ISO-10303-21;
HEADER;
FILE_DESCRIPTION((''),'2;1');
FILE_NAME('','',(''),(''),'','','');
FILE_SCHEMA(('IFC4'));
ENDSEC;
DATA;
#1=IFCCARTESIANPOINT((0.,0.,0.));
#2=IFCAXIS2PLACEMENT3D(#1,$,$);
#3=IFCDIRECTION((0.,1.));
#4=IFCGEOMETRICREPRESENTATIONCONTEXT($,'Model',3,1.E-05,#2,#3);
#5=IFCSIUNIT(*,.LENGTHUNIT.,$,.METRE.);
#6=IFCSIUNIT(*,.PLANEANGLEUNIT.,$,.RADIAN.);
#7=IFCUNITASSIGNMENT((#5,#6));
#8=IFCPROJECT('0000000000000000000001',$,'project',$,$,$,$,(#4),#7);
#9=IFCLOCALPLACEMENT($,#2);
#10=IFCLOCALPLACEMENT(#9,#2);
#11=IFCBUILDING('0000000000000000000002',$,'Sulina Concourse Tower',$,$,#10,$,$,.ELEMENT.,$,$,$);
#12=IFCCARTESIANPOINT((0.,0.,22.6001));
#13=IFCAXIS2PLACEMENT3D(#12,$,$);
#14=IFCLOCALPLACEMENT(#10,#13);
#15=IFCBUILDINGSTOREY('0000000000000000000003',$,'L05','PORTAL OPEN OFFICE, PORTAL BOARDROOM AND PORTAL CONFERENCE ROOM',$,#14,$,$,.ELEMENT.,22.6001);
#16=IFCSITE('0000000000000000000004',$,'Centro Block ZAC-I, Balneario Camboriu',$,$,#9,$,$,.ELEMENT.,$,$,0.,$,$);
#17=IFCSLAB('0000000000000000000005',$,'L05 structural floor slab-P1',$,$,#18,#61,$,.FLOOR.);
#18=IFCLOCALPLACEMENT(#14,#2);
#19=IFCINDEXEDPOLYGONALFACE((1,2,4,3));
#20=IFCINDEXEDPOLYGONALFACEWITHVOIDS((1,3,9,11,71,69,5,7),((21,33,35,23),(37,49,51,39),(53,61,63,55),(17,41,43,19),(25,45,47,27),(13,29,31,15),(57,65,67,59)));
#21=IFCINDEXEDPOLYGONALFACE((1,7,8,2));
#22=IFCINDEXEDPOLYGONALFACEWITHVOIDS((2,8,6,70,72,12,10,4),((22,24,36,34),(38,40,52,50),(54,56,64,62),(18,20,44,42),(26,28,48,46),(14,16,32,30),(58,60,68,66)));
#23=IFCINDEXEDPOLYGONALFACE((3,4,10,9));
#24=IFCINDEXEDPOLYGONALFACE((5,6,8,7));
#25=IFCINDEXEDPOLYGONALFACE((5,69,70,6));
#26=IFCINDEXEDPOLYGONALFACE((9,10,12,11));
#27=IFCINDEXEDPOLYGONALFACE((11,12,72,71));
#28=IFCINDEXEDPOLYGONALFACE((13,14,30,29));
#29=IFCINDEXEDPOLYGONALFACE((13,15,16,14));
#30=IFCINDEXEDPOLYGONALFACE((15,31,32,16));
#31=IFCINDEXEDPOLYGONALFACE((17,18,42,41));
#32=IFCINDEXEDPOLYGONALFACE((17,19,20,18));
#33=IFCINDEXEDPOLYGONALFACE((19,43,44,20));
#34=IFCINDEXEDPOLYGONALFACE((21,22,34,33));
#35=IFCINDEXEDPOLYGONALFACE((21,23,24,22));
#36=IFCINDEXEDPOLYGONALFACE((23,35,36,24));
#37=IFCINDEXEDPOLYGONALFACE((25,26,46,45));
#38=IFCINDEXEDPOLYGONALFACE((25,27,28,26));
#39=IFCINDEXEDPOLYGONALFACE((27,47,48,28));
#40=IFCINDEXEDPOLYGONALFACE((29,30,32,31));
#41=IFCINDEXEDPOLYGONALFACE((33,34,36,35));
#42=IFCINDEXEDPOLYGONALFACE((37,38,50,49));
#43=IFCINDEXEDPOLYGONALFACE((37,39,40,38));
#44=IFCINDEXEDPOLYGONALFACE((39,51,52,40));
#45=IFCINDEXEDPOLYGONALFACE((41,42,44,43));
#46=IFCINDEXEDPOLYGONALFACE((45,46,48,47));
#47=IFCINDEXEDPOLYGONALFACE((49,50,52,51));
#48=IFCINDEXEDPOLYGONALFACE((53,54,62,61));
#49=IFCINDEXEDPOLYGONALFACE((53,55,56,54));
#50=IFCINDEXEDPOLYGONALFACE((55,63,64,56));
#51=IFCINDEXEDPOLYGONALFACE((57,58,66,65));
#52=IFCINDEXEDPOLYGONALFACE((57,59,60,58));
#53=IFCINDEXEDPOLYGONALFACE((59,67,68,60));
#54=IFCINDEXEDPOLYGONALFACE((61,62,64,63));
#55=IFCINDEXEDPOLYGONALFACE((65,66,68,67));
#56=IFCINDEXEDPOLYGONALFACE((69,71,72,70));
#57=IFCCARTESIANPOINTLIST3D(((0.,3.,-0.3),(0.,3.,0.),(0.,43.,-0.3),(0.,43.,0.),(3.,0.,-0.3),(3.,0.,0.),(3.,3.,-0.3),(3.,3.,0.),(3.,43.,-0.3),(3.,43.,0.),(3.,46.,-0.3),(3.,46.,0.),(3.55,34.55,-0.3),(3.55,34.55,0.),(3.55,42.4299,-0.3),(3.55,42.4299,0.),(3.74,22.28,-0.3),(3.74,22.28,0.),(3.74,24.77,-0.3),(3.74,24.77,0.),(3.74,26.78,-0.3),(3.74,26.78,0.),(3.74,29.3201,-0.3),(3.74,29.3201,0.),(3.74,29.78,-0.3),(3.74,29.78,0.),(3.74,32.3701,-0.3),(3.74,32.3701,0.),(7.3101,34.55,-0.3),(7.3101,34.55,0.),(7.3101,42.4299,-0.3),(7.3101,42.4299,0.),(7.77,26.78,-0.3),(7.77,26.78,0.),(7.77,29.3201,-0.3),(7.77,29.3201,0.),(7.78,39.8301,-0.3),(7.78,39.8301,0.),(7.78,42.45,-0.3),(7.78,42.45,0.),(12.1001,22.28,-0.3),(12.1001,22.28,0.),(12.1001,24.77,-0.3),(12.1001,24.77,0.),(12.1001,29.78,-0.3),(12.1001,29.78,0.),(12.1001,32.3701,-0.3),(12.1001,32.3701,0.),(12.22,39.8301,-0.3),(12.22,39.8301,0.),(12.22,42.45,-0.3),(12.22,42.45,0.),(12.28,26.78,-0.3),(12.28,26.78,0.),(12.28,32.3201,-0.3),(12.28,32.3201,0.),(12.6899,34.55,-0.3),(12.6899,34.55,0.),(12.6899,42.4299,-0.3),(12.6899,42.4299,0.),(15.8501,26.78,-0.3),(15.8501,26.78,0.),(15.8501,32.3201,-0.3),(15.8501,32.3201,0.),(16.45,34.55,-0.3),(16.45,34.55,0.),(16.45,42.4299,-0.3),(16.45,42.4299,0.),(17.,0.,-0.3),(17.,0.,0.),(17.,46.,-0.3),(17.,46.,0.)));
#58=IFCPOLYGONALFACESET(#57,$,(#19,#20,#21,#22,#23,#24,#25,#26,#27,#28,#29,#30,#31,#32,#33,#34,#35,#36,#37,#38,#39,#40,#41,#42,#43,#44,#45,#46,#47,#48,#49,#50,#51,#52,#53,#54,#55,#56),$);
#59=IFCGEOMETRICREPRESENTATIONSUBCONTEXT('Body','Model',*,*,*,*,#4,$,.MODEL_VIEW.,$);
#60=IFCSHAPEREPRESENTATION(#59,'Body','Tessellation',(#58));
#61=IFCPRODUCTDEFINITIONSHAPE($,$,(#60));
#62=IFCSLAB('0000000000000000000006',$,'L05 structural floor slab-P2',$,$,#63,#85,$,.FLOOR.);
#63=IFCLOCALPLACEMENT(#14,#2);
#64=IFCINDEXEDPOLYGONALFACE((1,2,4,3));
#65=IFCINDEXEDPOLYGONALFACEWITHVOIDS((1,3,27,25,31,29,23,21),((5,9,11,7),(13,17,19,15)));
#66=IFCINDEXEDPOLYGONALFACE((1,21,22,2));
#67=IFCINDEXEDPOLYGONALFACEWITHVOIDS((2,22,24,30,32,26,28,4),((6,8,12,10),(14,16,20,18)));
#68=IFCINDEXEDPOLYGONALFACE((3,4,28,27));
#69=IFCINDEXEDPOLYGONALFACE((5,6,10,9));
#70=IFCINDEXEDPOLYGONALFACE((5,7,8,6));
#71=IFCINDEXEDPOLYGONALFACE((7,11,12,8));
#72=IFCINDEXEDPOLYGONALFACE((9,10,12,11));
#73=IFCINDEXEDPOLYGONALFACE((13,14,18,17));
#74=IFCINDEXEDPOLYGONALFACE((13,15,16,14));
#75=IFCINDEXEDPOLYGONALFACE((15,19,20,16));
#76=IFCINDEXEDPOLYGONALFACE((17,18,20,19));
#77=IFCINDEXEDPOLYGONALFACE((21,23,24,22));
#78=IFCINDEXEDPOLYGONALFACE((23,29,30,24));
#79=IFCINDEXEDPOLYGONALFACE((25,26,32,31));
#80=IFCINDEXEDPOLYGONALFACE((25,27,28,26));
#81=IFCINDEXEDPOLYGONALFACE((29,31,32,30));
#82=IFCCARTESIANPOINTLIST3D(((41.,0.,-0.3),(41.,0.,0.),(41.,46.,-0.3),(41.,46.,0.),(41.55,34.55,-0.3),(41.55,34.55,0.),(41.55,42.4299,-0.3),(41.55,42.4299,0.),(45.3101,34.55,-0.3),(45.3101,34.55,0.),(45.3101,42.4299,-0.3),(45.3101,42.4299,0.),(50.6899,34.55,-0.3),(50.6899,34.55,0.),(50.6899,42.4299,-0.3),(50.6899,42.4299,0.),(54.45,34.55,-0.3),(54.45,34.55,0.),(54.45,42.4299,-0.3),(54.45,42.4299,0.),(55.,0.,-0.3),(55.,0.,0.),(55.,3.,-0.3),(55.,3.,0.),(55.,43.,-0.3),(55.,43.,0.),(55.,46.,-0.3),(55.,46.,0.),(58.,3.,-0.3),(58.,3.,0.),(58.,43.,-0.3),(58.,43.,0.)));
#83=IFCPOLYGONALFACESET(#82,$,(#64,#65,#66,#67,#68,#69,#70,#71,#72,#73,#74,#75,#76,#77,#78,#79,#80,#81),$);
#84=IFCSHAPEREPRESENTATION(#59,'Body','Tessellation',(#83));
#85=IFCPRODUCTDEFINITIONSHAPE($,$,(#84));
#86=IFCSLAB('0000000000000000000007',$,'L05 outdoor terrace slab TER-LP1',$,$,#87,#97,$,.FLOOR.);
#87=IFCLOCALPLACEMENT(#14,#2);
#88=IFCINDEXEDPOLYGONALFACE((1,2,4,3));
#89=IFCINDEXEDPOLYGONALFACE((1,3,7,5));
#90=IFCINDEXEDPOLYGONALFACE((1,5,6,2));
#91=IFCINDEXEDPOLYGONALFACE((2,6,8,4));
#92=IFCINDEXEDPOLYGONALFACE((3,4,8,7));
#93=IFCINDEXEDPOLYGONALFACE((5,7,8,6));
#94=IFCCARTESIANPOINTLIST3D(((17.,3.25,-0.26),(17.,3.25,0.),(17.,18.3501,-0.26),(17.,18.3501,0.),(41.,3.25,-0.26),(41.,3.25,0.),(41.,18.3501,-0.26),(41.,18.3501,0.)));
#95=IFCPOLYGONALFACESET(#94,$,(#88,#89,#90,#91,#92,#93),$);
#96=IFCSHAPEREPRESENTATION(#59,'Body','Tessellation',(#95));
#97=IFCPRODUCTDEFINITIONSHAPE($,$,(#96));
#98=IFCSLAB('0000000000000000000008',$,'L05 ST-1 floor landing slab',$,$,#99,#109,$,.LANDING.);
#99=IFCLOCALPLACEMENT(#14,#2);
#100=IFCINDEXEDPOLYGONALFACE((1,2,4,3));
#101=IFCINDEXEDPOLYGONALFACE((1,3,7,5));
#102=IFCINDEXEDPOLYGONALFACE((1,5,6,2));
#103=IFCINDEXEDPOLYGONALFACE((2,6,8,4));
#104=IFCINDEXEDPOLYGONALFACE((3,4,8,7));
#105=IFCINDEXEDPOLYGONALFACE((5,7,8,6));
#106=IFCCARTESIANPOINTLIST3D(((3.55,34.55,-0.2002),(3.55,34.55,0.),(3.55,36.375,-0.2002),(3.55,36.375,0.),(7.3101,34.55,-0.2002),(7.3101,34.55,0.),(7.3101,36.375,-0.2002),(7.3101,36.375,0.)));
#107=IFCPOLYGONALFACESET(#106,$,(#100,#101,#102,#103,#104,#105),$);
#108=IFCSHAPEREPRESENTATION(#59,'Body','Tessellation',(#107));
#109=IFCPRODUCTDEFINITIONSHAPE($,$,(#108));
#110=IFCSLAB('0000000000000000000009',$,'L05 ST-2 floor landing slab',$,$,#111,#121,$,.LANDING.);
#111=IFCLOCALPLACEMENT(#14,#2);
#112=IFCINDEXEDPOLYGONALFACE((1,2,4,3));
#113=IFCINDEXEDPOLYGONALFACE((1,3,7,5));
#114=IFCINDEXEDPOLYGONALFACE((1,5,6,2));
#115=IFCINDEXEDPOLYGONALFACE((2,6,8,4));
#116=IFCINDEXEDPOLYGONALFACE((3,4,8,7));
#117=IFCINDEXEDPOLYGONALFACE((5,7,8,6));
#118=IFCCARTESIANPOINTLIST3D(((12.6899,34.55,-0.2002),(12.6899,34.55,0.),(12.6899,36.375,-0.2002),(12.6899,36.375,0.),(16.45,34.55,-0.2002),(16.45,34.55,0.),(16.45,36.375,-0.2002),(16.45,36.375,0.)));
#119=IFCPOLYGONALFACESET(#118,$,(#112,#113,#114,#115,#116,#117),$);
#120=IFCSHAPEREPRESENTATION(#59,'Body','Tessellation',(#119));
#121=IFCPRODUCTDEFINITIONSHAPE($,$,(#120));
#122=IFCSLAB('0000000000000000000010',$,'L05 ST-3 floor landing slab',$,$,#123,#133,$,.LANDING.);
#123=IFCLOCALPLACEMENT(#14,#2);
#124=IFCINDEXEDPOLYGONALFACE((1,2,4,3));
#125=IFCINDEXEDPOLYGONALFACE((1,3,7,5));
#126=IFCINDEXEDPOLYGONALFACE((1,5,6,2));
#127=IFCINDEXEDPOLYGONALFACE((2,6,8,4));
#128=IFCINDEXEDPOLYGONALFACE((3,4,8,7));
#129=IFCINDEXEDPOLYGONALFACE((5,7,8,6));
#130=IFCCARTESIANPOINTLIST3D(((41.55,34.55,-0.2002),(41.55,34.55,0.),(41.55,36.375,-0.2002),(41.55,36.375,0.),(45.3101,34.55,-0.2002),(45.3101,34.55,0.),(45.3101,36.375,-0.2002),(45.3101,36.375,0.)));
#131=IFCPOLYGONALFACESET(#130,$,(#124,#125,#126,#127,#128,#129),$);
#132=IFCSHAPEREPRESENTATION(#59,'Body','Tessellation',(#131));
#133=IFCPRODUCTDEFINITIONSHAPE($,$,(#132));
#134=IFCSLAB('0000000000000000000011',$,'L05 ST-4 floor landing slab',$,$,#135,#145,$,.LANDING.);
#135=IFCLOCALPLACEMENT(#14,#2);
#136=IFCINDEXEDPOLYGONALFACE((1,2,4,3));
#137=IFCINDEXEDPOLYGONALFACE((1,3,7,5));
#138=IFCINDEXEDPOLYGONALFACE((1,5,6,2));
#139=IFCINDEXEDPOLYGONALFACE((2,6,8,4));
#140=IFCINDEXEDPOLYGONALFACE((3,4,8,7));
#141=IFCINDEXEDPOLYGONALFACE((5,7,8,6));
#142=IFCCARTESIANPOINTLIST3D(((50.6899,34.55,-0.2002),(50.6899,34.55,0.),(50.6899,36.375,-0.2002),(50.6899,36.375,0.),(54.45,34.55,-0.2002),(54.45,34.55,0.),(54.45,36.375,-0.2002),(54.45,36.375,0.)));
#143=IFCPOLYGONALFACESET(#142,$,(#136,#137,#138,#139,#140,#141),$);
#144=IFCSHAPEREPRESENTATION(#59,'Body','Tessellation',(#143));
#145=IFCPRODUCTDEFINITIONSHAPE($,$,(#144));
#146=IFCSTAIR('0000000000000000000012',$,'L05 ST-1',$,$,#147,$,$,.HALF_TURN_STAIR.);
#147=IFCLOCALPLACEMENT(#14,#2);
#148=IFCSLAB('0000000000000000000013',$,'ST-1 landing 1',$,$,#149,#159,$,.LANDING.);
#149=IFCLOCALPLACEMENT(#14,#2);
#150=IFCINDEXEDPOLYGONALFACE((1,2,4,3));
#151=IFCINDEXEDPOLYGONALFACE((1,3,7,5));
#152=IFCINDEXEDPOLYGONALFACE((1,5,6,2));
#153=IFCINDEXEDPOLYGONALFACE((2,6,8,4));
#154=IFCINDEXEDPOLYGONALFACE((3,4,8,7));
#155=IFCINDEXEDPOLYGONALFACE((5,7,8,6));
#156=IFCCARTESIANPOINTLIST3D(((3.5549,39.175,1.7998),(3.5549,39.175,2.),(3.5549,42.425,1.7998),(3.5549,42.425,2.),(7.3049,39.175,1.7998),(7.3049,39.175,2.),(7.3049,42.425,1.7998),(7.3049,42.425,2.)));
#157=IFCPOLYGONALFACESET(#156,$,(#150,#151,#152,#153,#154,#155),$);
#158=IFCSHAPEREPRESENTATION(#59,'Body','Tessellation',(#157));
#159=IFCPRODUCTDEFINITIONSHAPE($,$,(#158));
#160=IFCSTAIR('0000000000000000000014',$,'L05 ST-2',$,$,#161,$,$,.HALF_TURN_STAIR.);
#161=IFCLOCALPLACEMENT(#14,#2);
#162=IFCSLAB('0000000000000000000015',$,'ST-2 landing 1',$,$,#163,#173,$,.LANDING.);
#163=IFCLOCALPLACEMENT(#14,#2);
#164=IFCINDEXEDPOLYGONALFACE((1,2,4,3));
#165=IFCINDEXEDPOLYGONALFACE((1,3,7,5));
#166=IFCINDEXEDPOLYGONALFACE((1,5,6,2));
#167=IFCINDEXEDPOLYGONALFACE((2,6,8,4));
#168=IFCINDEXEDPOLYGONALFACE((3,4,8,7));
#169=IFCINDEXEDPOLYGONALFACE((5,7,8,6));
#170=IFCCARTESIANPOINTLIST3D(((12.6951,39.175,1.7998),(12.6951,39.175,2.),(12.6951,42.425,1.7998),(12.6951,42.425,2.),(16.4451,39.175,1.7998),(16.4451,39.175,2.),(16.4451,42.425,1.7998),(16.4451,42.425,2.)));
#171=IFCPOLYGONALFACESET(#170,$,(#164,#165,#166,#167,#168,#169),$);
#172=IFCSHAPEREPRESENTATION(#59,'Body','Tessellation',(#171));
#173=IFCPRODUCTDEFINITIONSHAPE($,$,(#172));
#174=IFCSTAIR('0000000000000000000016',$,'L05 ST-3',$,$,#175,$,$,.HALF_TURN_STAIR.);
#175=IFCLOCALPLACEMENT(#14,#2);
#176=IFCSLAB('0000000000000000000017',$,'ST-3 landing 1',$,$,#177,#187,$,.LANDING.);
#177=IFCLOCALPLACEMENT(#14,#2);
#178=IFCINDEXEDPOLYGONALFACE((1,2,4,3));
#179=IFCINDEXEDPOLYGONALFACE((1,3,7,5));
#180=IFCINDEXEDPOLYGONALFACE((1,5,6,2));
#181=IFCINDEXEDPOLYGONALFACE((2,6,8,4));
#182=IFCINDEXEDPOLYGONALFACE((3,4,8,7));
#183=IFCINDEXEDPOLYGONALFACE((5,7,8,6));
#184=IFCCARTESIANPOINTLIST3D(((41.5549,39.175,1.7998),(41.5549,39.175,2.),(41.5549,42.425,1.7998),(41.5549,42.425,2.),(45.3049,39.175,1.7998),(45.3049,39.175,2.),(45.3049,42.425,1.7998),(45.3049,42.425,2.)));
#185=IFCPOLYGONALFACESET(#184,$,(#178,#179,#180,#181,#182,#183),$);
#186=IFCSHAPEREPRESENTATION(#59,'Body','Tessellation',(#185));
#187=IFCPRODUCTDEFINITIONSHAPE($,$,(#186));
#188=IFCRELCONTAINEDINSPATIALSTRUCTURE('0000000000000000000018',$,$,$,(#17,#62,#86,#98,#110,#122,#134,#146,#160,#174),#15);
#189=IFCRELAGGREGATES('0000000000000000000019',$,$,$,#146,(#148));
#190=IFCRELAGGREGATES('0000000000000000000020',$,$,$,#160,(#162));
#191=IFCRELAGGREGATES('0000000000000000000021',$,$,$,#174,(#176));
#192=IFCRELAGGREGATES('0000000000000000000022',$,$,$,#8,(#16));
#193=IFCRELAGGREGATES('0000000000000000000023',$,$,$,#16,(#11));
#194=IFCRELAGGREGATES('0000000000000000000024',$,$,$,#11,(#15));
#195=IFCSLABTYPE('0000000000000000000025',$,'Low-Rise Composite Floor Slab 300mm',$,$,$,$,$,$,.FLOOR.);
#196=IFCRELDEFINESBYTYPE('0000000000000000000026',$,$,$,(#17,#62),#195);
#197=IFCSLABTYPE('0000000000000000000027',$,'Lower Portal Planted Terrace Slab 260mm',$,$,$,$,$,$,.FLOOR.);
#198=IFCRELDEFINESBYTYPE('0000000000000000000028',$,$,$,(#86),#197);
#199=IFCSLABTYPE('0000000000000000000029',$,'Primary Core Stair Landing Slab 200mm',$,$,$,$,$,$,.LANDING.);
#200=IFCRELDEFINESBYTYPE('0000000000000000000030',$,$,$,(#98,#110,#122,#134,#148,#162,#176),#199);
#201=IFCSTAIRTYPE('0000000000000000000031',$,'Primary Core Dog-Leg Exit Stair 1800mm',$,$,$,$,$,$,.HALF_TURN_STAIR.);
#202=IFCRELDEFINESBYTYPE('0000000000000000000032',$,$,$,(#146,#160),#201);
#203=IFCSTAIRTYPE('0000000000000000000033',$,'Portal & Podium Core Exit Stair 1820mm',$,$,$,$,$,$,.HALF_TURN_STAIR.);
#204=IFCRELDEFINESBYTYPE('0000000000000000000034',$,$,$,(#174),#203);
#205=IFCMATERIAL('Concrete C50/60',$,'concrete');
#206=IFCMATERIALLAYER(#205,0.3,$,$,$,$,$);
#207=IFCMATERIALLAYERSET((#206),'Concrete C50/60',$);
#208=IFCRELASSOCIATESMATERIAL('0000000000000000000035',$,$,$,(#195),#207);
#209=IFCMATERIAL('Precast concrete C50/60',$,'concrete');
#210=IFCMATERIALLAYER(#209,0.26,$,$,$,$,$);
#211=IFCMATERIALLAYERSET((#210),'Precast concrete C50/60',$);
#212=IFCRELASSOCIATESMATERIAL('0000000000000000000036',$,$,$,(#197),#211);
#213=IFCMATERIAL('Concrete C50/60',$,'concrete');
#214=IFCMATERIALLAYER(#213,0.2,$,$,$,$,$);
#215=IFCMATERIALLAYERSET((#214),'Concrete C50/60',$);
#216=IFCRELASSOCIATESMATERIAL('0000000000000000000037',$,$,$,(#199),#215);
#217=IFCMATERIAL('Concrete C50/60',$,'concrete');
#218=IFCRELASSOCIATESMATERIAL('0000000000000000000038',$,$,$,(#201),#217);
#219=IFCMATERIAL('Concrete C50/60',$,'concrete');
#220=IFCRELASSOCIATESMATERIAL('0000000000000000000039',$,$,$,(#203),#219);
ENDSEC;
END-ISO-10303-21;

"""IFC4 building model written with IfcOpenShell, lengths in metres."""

from ifc_helpers import new_model, si_unit, direction, frame, origin, place, context, subcontext, project, spatial, polyline, outline, extrude, material, layer, layer_set, type_object, element, aggregate, save


model = new_model("IFC4")

# Units and contexts
model_context = context("Model", 3, precision=1e-05, world=origin(), true_north=direction((0.0, 1.0)))
body_context = subcontext(model_context, "Body", "Model", "MODEL_VIEW")
ifc_project = project(units=[si_unit("LENGTHUNIT", "METRE"), si_unit("PLANEANGLEUNIT", "RADIAN")], contexts=[model_context])

# Site, building, storey
site_placement = place(None, origin())
site = spatial("IfcSite", under=ifc_project, at=site_placement, Name="Centro Block ZAC-I, Balneario Camboriu", CompositionType="ELEMENT", RefElevation=0.0)
building_placement = place(site_placement, origin())
building = spatial("IfcBuilding", under=site, at=building_placement, Name="Sulina Concourse Tower", CompositionType="ELEMENT")
storey_placement = place(building_placement, frame((0.0, 0.0, 22.6001)))
storey = spatial("IfcBuildingStorey", under=building, at=storey_placement, Name="L05", Description="PORTAL OPEN OFFICE, PORTAL BOARDROOM AND PORTAL CONFERENCE ROOM", CompositionType="ELEMENT", Elevation=22.6001)

# Slabs
ifc_material_1 = material(Name="Concrete C50/60", Category="concrete")
ifc_layer_1 = layer(ifc_material_1, 0.3)
ifc_layer_set_1 = layer_set([ifc_layer_1], Name="Concrete C50/60")
slab_type_1 = type_object("IfcSlabType", Name="Low-Rise Composite Floor Slab 300mm", PredefinedType="FLOOR", material=ifc_layer_set_1)
slab_1_placement = place(storey_placement, frame((0.0, 0.0, -0.3)))
element("IfcSlab", 1, at=slab_1_placement, inside=storey, type_object=slab_type_1, Name="L05 structural floor slab-P1", PredefinedType="FLOOR", context=body_context, shape_type="SweptSolid", body=[
    extrude(outline(polyline([(3.0, 0.0), (17.0, 0.0), (17.0, 46.0), (3.0, 46.0), (3.0, 43.0), (0.0, 43.0), (0.0, 3.0), (3.0, 3.0), (3.0, 0.0)]), holes=[polyline([(7.3101, 34.55), (7.3101, 42.4299), (3.55, 42.4299), (3.55, 34.55), (7.3101, 34.55)]), polyline([(16.45, 34.55), (16.45, 42.4299), (12.6899, 42.4299), (12.6899, 34.55), (16.45, 34.55)]), polyline([(7.78, 39.8301), (12.22, 39.8301), (12.22, 42.45), (7.78, 42.45), (7.78, 39.8301)]), polyline([(3.74, 26.78), (7.77, 26.78), (7.77, 29.3201), (3.74, 29.3201), (3.74, 26.78)]), polyline([(3.74, 29.78), (12.1001, 29.78), (12.1001, 32.3701), (3.74, 32.3701), (3.74, 29.78)]), polyline([(3.74, 22.28), (12.1001, 22.28), (12.1001, 24.77), (3.74, 24.77), (3.74, 22.28)]), polyline([(12.28, 26.78), (15.8501, 26.78), (15.8501, 32.3201), (12.28, 32.3201), (12.28, 26.78)])]), origin(), (0.0, 0.0, 1.0), 0.3),
])
slab_2_placement = place(storey_placement, frame((0.0, 0.0, -0.3)))
element("IfcSlab", 2, at=slab_2_placement, inside=storey, type_object=slab_type_1, Name="L05 structural floor slab-P2", PredefinedType="FLOOR", context=body_context, shape_type="SweptSolid", body=[
    extrude(outline(polyline([(41.0, 0.0), (55.0, 0.0), (55.0, 3.0), (58.0, 3.0), (58.0, 43.0), (55.0, 43.0), (55.0, 46.0), (41.0, 46.0), (41.0, 0.0)]), holes=[polyline([(45.3101, 34.55), (45.3101, 42.4299), (41.55, 42.4299), (41.55, 34.55), (45.3101, 34.55)]), polyline([(54.45, 34.55), (54.45, 42.4299), (50.6899, 42.4299), (50.6899, 34.55), (54.45, 34.55)])]), origin(), (0.0, 0.0, 1.0), 0.3),
])
ifc_material_2 = material(Name="Precast concrete C50/60", Category="concrete")
ifc_layer_2 = layer(ifc_material_2, 0.26)
ifc_layer_set_2 = layer_set([ifc_layer_2], Name="Precast concrete C50/60")
slab_type_2 = type_object("IfcSlabType", Name="Lower Portal Planted Terrace Slab 260mm", PredefinedType="FLOOR", material=ifc_layer_set_2)
slab_3_placement = place(storey_placement, frame((0.0, 0.0, -0.26)))
element("IfcSlab", 3, at=slab_3_placement, inside=storey, type_object=slab_type_2, Name="L05 outdoor terrace slab TER-LP1", PredefinedType="FLOOR", context=body_context, shape_type="SweptSolid", body=[
    extrude(outline(polyline([(17.0, 3.25), (41.0, 3.25), (41.0, 18.3501), (17.0, 18.3501), (17.0, 3.25)])), origin(), (0.0, 0.0, 1.0), 0.26),
])
ifc_material_3 = material(Name="Concrete C50/60", Category="concrete")
ifc_layer_3 = layer(ifc_material_3, 0.2)
ifc_layer_set_3 = layer_set([ifc_layer_3], Name="Concrete C50/60")
slab_type_3 = type_object("IfcSlabType", Name="Primary Core Stair Landing Slab 200mm", PredefinedType="LANDING", material=ifc_layer_set_3)
slab_4_placement = place(storey_placement, frame((0.0, 0.0, -0.2002)))
element("IfcSlab", 4, at=slab_4_placement, inside=storey, type_object=slab_type_3, Name="L05 ST-1 floor landing slab", PredefinedType="LANDING", context=body_context, shape_type="SweptSolid", body=[
    extrude(outline(polyline([(7.3101, 34.55), (7.3101, 36.375), (3.55, 36.375), (3.55, 34.55), (7.3101, 34.55)])), origin(), (0.0, 0.0, 1.0), 0.2002),
])
slab_5_placement = place(storey_placement, frame((0.0, 0.0, -0.2002)))
element("IfcSlab", 5, at=slab_5_placement, inside=storey, type_object=slab_type_3, Name="L05 ST-2 floor landing slab", PredefinedType="LANDING", context=body_context, shape_type="SweptSolid", body=[
    extrude(outline(polyline([(16.45, 34.55), (16.45, 36.375), (12.6899, 36.375), (12.6899, 34.55), (16.45, 34.55)])), origin(), (0.0, 0.0, 1.0), 0.2002),
])
slab_6_placement = place(storey_placement, frame((0.0, 0.0, -0.2002)))
element("IfcSlab", 6, at=slab_6_placement, inside=storey, type_object=slab_type_3, Name="L05 ST-3 floor landing slab", PredefinedType="LANDING", context=body_context, shape_type="SweptSolid", body=[
    extrude(outline(polyline([(45.3101, 34.55), (45.3101, 36.375), (41.55, 36.375), (41.55, 34.55), (45.3101, 34.55)])), origin(), (0.0, 0.0, 1.0), 0.2002),
])
slab_7_placement = place(storey_placement, frame((0.0, 0.0, -0.2002)))
element("IfcSlab", 7, at=slab_7_placement, inside=storey, type_object=slab_type_3, Name="L05 ST-4 floor landing slab", PredefinedType="LANDING", context=body_context, shape_type="SweptSolid", body=[
    extrude(outline(polyline([(54.45, 34.55), (54.45, 36.375), (50.6899, 36.375), (50.6899, 34.55), (54.45, 34.55)])), origin(), (0.0, 0.0, 1.0), 0.2002),
])

# Stairs, slabs
ifc_material_4 = material(Name="Concrete C50/60", Category="concrete")
stair_type_1 = type_object("IfcStairType", Name="Primary Core Dog-Leg Exit Stair 1800mm", PredefinedType="HALF_TURN_STAIR", material=ifc_material_4)
stair_1_placement = place(storey_placement, origin())
stair_1 = element("IfcStair", 8, at=stair_1_placement, inside=storey, type_object=stair_type_1, Name="L05 ST-1", PredefinedType="HALF_TURN_STAIR")
slab_8_placement = place(storey_placement, frame((0.0, 0.0, 1.7998)))
slab_8 = element("IfcSlab", 9, at=slab_8_placement, type_object=slab_type_3, Name="ST-1 landing 1", PredefinedType="LANDING", context=body_context, shape_type="SweptSolid", body=[
    extrude(outline(polyline([(7.3049, 39.175), (7.3049, 42.425), (3.5549, 42.425), (3.5549, 39.175), (7.3049, 39.175)])), origin(), (0.0, 0.0, 1.0), 0.2002),
])
aggregate(stair_1, [slab_8])
stair_2_placement = place(storey_placement, origin())
stair_2 = element("IfcStair", 10, at=stair_2_placement, inside=storey, type_object=stair_type_1, Name="L05 ST-2", PredefinedType="HALF_TURN_STAIR")
slab_9_placement = place(storey_placement, frame((0.0, 0.0, 1.7998)))
slab_9 = element("IfcSlab", 11, at=slab_9_placement, type_object=slab_type_3, Name="ST-2 landing 1", PredefinedType="LANDING", context=body_context, shape_type="SweptSolid", body=[
    extrude(outline(polyline([(16.4451, 39.175), (16.4451, 42.425), (12.6951, 42.425), (12.6951, 39.175), (16.4451, 39.175)])), origin(), (0.0, 0.0, 1.0), 0.2002),
])
aggregate(stair_2, [slab_9])
ifc_material_5 = material(Name="Concrete C50/60", Category="concrete")
stair_type_2 = type_object("IfcStairType", Name="Portal & Podium Core Exit Stair 1820mm", PredefinedType="HALF_TURN_STAIR", material=ifc_material_5)
stair_3_placement = place(storey_placement, origin())
stair_3 = element("IfcStair", 12, at=stair_3_placement, inside=storey, type_object=stair_type_2, Name="L05 ST-3", PredefinedType="HALF_TURN_STAIR")
slab_10_placement = place(storey_placement, frame((0.0, 0.0, 1.7998)))
slab_10 = element("IfcSlab", 13, at=slab_10_placement, type_object=slab_type_3, Name="ST-3 landing 1", PredefinedType="LANDING", context=body_context, shape_type="SweptSolid", body=[
    extrude(outline(polyline([(45.3049, 39.175), (45.3049, 42.425), (41.5549, 42.425), (41.5549, 39.175), (45.3049, 39.175)])), origin(), (0.0, 0.0, 1.0), 0.2002),
])
aggregate(stair_3, [slab_10])

save(model, "model.ifc")
